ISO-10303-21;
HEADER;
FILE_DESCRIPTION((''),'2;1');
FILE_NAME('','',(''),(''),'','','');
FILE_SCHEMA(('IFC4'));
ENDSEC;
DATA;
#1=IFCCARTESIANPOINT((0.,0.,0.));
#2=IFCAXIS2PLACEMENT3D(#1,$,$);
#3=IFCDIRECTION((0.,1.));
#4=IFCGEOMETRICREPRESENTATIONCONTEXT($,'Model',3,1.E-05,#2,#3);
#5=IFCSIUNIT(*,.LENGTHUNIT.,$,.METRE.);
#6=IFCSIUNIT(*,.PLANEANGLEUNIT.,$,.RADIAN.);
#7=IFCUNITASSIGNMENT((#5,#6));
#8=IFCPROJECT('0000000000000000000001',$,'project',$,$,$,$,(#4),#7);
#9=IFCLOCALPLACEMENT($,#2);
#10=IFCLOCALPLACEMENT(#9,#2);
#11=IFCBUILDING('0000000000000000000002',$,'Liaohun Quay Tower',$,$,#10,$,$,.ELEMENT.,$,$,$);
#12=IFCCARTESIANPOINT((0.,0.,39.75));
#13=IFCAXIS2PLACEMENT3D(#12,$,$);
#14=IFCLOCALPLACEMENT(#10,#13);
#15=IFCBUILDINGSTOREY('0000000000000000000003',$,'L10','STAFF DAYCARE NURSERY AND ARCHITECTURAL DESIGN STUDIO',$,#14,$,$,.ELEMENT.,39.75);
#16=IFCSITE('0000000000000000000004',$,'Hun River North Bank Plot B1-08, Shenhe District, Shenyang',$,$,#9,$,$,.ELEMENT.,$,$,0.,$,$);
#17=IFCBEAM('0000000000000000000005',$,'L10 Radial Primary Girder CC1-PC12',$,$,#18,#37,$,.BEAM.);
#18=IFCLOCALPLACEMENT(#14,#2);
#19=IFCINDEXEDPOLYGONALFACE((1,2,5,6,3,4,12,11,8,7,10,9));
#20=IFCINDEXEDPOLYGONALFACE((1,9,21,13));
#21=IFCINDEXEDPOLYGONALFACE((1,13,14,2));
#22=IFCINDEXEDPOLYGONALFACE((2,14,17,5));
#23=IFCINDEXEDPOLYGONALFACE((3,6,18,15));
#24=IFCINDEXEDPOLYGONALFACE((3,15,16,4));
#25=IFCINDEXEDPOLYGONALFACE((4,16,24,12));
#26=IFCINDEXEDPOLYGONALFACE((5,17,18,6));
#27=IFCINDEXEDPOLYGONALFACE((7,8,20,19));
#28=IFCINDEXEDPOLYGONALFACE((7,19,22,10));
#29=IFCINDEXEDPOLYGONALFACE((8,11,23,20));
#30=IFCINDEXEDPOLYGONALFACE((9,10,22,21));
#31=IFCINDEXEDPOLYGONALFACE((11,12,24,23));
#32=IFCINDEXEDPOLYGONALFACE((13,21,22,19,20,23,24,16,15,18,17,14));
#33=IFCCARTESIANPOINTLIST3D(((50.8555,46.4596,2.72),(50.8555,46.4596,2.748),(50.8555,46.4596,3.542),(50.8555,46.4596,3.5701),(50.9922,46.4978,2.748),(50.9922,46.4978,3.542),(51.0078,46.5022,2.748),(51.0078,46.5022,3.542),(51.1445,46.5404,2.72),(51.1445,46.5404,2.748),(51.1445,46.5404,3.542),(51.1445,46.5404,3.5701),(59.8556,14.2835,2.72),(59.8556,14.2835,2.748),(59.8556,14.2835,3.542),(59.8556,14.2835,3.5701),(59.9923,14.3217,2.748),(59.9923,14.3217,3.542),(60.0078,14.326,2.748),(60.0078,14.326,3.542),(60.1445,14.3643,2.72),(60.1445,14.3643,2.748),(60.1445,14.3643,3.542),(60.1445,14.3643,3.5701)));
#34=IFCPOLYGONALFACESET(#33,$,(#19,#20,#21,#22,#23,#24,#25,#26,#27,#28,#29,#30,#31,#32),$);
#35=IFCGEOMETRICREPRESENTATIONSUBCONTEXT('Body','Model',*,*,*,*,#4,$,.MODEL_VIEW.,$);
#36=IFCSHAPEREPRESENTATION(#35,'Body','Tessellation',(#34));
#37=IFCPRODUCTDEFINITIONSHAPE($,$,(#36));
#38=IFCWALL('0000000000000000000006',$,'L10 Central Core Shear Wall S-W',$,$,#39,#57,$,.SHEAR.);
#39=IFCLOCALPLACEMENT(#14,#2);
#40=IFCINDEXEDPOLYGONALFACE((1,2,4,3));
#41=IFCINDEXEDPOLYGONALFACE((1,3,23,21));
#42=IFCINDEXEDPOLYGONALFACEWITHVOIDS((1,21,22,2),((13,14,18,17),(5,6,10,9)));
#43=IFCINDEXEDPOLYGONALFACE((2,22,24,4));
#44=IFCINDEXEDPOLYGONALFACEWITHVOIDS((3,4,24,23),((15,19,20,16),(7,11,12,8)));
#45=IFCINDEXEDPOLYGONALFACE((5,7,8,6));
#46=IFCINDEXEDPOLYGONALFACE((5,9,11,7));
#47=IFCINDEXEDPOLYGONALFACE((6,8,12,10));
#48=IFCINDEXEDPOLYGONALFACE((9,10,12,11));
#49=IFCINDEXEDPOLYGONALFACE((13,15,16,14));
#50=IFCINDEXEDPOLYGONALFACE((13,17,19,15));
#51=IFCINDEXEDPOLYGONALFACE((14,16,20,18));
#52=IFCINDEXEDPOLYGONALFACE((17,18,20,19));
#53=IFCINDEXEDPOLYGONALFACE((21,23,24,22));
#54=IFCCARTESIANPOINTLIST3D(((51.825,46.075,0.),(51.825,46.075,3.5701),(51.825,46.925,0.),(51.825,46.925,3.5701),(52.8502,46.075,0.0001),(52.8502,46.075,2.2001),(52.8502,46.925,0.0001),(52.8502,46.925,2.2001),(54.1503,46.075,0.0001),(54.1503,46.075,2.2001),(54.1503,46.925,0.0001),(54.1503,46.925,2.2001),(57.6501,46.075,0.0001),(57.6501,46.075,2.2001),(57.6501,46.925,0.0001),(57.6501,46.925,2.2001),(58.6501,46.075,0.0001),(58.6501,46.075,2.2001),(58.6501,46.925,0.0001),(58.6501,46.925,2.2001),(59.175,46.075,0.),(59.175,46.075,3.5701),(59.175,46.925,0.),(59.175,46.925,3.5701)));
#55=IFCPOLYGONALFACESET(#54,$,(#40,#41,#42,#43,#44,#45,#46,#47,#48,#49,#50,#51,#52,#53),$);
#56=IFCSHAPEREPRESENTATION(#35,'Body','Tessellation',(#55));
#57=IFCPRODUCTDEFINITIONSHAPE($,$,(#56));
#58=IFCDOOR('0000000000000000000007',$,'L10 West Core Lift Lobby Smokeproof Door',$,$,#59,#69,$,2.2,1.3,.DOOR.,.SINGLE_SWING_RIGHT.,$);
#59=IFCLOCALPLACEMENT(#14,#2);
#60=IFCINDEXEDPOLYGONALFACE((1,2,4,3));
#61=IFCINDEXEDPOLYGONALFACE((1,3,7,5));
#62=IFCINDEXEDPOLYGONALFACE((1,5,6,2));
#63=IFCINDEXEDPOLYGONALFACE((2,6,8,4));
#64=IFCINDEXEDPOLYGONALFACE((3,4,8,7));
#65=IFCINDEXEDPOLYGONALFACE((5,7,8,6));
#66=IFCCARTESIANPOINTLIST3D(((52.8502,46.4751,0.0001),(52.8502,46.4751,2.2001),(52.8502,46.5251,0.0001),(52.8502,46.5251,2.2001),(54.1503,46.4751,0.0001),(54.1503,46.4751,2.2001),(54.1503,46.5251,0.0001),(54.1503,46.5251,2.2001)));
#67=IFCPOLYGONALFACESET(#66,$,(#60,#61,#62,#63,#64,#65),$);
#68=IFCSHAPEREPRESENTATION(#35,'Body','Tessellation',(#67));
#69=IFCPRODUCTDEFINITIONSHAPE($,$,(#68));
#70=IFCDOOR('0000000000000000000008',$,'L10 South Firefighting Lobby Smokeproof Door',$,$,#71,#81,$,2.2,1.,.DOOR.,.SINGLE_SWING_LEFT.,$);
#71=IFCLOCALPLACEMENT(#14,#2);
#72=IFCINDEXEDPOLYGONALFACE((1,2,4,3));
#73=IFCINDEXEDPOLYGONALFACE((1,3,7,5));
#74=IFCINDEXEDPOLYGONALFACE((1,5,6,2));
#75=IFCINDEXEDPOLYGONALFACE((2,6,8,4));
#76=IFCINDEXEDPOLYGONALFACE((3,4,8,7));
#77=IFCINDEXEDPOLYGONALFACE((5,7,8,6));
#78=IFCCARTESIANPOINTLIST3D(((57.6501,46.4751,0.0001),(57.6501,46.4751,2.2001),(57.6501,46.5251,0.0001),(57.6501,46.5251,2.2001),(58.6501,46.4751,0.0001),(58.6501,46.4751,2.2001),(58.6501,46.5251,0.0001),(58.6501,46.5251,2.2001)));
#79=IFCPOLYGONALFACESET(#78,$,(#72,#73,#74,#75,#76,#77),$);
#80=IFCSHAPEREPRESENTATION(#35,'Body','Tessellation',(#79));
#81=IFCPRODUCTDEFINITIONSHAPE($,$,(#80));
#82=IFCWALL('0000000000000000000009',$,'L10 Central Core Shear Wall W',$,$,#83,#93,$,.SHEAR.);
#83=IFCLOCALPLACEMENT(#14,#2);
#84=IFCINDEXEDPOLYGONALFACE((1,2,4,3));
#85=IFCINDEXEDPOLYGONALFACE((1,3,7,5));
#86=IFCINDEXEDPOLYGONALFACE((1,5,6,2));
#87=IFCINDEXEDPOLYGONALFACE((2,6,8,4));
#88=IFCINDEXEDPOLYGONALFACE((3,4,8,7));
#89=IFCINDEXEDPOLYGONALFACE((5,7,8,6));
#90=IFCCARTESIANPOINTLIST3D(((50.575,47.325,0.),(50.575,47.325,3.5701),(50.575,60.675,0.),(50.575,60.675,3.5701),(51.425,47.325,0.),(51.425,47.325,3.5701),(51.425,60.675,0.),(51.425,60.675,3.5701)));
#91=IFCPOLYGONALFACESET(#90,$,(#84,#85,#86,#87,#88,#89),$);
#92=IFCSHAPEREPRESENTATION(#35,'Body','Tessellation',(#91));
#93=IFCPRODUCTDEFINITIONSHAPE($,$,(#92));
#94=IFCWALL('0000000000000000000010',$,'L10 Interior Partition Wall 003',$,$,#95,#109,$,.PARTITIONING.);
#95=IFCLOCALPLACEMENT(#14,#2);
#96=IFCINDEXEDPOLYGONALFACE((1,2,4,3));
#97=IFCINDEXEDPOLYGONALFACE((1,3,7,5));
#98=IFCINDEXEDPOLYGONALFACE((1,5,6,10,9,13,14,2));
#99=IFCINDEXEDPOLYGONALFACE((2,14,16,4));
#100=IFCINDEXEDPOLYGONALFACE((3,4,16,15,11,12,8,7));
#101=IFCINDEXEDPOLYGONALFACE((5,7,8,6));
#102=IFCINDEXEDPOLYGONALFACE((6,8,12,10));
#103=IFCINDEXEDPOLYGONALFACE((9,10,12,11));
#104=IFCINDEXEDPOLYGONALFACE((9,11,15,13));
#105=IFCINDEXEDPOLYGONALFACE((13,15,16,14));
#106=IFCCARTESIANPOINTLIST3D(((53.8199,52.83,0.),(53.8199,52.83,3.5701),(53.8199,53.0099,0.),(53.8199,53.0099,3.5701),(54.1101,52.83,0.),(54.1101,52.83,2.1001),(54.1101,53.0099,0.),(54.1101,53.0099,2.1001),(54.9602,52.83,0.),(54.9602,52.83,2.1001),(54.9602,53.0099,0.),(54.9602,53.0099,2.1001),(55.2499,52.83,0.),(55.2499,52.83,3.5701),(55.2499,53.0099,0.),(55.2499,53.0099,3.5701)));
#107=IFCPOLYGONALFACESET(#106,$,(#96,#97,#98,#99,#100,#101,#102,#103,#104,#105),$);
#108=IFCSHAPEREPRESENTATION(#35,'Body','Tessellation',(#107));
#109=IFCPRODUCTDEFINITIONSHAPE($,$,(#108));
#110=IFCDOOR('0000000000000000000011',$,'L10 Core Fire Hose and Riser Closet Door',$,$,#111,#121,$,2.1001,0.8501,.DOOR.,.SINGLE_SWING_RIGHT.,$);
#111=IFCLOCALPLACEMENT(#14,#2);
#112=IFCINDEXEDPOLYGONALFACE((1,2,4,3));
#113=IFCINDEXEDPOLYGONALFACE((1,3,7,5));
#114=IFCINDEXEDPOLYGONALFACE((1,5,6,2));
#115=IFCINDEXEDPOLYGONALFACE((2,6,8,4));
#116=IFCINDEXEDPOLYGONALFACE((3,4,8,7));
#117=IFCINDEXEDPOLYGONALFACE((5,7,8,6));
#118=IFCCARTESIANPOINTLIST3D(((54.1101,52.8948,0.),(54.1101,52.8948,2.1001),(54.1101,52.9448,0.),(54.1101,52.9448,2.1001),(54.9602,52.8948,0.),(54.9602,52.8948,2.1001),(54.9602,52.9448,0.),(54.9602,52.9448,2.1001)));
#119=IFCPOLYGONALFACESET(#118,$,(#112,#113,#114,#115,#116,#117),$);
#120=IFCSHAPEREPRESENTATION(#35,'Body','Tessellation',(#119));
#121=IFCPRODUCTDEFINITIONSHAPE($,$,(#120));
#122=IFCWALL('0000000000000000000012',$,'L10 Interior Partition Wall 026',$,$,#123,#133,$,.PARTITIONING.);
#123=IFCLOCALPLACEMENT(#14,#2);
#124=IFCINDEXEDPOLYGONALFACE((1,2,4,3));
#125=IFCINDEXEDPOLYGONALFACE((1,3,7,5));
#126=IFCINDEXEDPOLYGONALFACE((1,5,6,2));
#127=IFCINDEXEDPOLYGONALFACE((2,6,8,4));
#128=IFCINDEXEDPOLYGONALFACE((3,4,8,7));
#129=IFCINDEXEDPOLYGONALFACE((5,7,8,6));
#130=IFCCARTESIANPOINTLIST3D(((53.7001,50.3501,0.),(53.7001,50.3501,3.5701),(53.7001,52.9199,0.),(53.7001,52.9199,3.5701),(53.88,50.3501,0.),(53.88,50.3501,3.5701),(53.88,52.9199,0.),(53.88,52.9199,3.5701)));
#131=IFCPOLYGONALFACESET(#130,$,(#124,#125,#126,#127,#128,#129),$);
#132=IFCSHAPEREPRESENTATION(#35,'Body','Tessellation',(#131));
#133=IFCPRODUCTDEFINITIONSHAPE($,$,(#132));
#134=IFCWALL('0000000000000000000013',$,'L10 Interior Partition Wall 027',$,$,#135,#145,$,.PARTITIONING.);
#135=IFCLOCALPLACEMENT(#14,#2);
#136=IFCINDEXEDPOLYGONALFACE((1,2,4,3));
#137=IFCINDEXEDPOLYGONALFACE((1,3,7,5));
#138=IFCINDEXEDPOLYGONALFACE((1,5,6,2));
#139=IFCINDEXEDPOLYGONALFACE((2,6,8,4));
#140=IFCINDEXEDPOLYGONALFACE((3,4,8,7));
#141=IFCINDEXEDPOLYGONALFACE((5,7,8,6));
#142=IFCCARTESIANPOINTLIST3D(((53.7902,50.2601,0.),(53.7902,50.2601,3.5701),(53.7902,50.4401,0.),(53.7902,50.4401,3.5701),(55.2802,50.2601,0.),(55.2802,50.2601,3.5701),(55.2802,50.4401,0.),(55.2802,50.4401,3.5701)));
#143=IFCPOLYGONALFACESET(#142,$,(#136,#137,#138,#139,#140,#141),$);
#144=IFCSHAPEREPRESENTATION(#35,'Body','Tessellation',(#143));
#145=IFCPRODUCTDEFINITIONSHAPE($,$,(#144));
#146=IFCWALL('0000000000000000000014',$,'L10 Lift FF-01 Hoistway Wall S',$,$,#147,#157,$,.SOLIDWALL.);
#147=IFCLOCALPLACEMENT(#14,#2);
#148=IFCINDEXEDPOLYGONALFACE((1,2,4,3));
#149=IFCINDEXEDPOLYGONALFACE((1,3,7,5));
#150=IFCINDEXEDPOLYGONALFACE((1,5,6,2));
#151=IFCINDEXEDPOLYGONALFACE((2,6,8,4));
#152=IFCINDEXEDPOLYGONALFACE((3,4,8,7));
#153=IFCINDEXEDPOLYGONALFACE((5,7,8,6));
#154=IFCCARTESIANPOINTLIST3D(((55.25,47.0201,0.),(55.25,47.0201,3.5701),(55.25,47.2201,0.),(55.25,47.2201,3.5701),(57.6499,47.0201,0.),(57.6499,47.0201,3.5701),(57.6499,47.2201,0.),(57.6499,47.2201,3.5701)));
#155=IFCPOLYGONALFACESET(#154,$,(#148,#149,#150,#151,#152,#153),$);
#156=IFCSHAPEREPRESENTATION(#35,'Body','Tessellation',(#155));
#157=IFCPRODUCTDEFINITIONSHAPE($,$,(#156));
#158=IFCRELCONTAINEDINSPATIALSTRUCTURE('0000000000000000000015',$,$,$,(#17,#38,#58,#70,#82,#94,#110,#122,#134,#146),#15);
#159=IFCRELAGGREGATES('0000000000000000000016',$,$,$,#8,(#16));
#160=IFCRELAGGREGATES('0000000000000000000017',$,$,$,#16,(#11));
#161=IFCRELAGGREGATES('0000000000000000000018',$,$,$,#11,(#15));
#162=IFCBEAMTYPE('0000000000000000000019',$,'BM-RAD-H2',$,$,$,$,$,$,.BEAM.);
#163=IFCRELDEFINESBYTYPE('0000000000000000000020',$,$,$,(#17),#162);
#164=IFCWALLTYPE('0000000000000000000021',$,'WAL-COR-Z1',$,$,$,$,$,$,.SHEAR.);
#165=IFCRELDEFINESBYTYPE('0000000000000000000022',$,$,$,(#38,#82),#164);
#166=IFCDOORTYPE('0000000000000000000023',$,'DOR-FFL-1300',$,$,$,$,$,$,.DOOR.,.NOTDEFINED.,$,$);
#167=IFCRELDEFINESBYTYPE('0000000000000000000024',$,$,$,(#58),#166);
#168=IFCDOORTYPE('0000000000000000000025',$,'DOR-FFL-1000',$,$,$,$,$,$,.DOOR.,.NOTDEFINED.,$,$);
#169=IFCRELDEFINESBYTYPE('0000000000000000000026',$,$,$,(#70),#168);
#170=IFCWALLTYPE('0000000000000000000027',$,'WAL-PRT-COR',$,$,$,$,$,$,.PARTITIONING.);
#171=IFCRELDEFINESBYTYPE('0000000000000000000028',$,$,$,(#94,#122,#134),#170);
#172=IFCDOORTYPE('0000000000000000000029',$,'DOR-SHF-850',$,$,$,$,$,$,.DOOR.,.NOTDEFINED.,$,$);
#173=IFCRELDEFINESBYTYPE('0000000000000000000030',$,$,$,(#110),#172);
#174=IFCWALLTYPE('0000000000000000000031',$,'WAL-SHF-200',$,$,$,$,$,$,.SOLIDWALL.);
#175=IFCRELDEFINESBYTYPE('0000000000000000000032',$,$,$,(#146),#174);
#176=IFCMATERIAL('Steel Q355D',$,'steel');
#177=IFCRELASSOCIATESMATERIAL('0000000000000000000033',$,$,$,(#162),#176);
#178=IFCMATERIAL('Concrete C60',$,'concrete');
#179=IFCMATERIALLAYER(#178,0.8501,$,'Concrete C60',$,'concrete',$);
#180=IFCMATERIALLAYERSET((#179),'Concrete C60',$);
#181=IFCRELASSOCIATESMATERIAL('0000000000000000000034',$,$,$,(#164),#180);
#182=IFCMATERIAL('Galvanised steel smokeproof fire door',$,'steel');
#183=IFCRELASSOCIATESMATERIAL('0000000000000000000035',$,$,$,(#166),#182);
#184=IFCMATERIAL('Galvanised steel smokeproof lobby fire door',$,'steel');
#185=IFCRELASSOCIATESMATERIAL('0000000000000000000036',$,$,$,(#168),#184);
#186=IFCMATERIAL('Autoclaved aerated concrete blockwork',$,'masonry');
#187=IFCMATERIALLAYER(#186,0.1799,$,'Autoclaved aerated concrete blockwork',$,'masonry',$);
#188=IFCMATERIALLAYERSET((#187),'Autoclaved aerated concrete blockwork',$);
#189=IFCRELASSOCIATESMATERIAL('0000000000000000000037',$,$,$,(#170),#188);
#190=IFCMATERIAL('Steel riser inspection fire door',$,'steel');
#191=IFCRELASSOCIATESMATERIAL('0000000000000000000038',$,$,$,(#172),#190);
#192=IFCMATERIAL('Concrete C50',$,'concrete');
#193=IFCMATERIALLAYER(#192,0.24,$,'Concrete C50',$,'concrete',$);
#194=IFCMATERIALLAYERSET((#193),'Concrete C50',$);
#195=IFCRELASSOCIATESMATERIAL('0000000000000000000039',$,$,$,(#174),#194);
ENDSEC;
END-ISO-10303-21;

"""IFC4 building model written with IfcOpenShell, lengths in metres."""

from ifc_helpers import new_model, si_unit, direction, frame, frame_2d, origin, origin_2d, place, context, subcontext, project, spatial, rectangle, i_section, extrude, source, transform, mapped, material, layer, layer_set, material_profile, profile_set, type_object, element, fill, save


model = new_model("IFC4")

# Units and contexts
model_context = context("Model", 3, precision=1e-05, world=origin(), true_north=direction((0.0, 1.0)))
body_context = subcontext(model_context, "Body", "Model", "MODEL_VIEW")
ifc_project = project(units=[si_unit("LENGTHUNIT", "METRE"), si_unit("PLANEANGLEUNIT", "RADIAN")], contexts=[model_context])

# Site, building, storey
site_placement = place(None, origin())
site = spatial("IfcSite", under=ifc_project, at=site_placement, Name="Hun River North Bank Plot B1-08, Shenhe District, Shenyang", CompositionType="ELEMENT", RefElevation=0.0)
building_placement = place(site_placement, origin())
building = spatial("IfcBuilding", under=site, at=building_placement, Name="Liaohun Quay Tower", CompositionType="ELEMENT")
storey_placement = place(building_placement, frame((0.0, 0.0, 39.75)))
storey = spatial("IfcBuildingStorey", under=building, at=storey_placement, Name="L10", Description="STAFF DAYCARE NURSERY AND ARCHITECTURAL DESIGN STUDIO", CompositionType="ELEMENT", Elevation=39.75)

# Beam
ifc_material_1 = material(Name="Steel Q355D", Category="steel")
ifc_material_profile = material_profile(ifc_material_1, i_section(OverallWidth=0.3, OverallDepth=0.8501, WebThickness=0.0161, FlangeThickness=0.0281, at=origin_2d()), Name="HN850x300x16x28")
ifc_profile_set = profile_set([ifc_material_profile], Name="Steel Q355D")
beam_type = type_object("IfcBeamType", Name="BM-RAD-H2", PredefinedType="BEAM", material=ifc_profile_set)
shared_shape_1 = source(origin(), body_context, "Body", "SweptSolid", [
    extrude(i_section(OverallWidth=0.3, OverallDepth=0.8501, WebThickness=0.0161, FlangeThickness=0.0281, at=origin_2d()), origin(), (0.0, 0.0, 1.0), 33.4111),
])
beam_placement = place(storey_placement, frame((51.0, 46.5, 3.145), z_axis=(0.269372, -0.963036, 0.0), x_axis=(0.963036, 0.269372, 0.0)))
element("IfcBeam", 1, at=beam_placement, inside=storey, type_object=beam_type, Name="L10 Radial Primary Girder CC1-PC12", PredefinedType="BEAM", context=body_context, shape_type="MappedRepresentation", body=[
    mapped(shared_shape_1, transform((0.0, 0.0, 0.0), x_axis=(1.0, 0.0, 0.0), y_axis=(0.0, 1.0, 0.0), z_axis=(0.0, 0.0, 1.0), scale=1.0)),
])

# Wall, openings, doors
ifc_material_2 = material(Name="Concrete C60", Category="concrete")
ifc_layer_1 = layer(ifc_material_2, 0.8501, Name="Concrete C60", Category="concrete")
ifc_layer_set_1 = layer_set([ifc_layer_1], Name="Concrete C60")
wall_type_1 = type_object("IfcWallType", Name="WAL-COR-Z1", PredefinedType="SHEAR", material=ifc_layer_set_1)
wall_1_placement = place(storey_placement, frame((59.175, 46.5, 0.0), z_axis=(0.0, 0.0, 1.0), x_axis=(-1.0, 0.0, 0.0)))
wall_1 = element("IfcWall", 2, at=wall_1_placement, inside=storey, type_object=wall_type_1, Name="L10 Central Core Shear Wall S-W", PredefinedType="SHEAR", context=body_context, shape_type="SweptSolid", body=[
    extrude(rectangle(XDim=7.3501, YDim=0.8501, at=frame_2d((3.675, 0.0))), origin(), (0.0, 0.0, 1.0), 3.5701),
])
shared_shape_2 = source(origin(), body_context, "Body", "SweptSolid", [
    extrude(rectangle(XDim=1.3, YDim=2.2, at=frame_2d((0.6499, 1.1001))), frame((0.0, 0.4351, 0.0), z_axis=(0.0, -1.0, 0.0), x_axis=(1.0, 0.0, 0.0)), (0.0, 0.0, 1.0), 0.8701),
])
opening_1_placement = place(wall_1_placement, frame((5.0249, 0.0, 0.0)))
opening_1 = element("IfcOpeningElement", 3, at=opening_1_placement, cuts=wall_1, PredefinedType="OPENING", context=body_context, shape_type="MappedRepresentation", body=[
    mapped(shared_shape_2, transform((0.0, 0.0, 0.0), x_axis=(1.0, 0.0, 0.0), y_axis=(0.0, 1.0, 0.0), z_axis=(0.0, 0.0, 1.0), scale=1.0)),
])
shared_shape_3 = source(origin(), body_context, "Body", "SweptSolid", [
    extrude(rectangle(XDim=1.0, YDim=2.2, at=frame_2d((0.5, 1.1001))), frame((0.0, 0.4351, 0.0), z_axis=(0.0, -1.0, 0.0), x_axis=(1.0, 0.0, 0.0)), (0.0, 0.0, 1.0), 0.8701),
])
opening_2_placement = place(wall_1_placement, frame((0.5249, 0.0, 0.0)))
opening_2 = element("IfcOpeningElement", 4, at=opening_2_placement, cuts=wall_1, PredefinedType="OPENING", context=body_context, shape_type="MappedRepresentation", body=[
    mapped(shared_shape_3, transform((0.0, 0.0, 0.0), x_axis=(1.0, 0.0, 0.0), y_axis=(0.0, 1.0, 0.0), z_axis=(0.0, 0.0, 1.0), scale=1.0)),
])
ifc_material_3 = material(Name="Galvanised steel smokeproof fire door", Category="steel")
door_type_1 = type_object("IfcDoorType", Name="DOR-FFL-1300", OperationType="NOTDEFINED", PredefinedType="DOOR", material=ifc_material_3)
shared_shape_4 = source(origin(), body_context, "Body", "SweptSolid", [
    extrude(rectangle(XDim=1.3, YDim=2.2, at=frame_2d((0.6499, 1.1001))), frame((0.0, 0.0249, 0.0), z_axis=(0.0, -1.0, 0.0), x_axis=(1.0, 0.0, 0.0)), (0.0, 0.0, 1.0), 0.05),
])
door_1_placement = place(opening_1_placement, origin())
door_1 = element("IfcDoor", 5, at=door_1_placement, inside=storey, type_object=door_type_1, Name="L10 West Core Lift Lobby Smokeproof Door", OperationType="SINGLE_SWING_RIGHT", OverallHeight=2.2, OverallWidth=1.3, PredefinedType="DOOR", context=body_context, shape_type="MappedRepresentation", body=[
    mapped(shared_shape_4, transform((0.0, 0.0, 0.0), x_axis=(1.0, 0.0, 0.0), y_axis=(0.0, 1.0, 0.0), z_axis=(0.0, 0.0, 1.0), scale=1.0)),
])
fill(opening_1, door_1)
ifc_material_4 = material(Name="Galvanised steel smokeproof lobby fire door", Category="steel")
door_type_2 = type_object("IfcDoorType", Name="DOR-FFL-1000", OperationType="NOTDEFINED", PredefinedType="DOOR", material=ifc_material_4)
shared_shape_5 = source(origin(), body_context, "Body", "SweptSolid", [
    extrude(rectangle(XDim=1.0, YDim=2.2, at=frame_2d((0.5, 1.1001))), frame((0.0, 0.0249, 0.0), z_axis=(0.0, -1.0, 0.0), x_axis=(1.0, 0.0, 0.0)), (0.0, 0.0, 1.0), 0.05),
])
door_2_placement = place(opening_2_placement, origin())
door_2 = element("IfcDoor", 6, at=door_2_placement, inside=storey, type_object=door_type_2, Name="L10 South Firefighting Lobby Smokeproof Door", OperationType="SINGLE_SWING_LEFT", OverallHeight=2.2, OverallWidth=1.0, PredefinedType="DOOR", context=body_context, shape_type="MappedRepresentation", body=[
    mapped(shared_shape_5, transform((0.0, 0.0, 0.0), x_axis=(1.0, 0.0, 0.0), y_axis=(0.0, 1.0, 0.0), z_axis=(0.0, 0.0, 1.0), scale=1.0)),
])
fill(opening_2, door_2)

# Wall
wall_2_placement = place(storey_placement, frame((51.0, 47.325, 0.0), z_axis=(0.0, 0.0, 1.0), x_axis=(0.0, 1.0, 0.0)))
element("IfcWall", 7, at=wall_2_placement, inside=storey, type_object=wall_type_1, Name="L10 Central Core Shear Wall W", PredefinedType="SHEAR", context=body_context, shape_type="SweptSolid", body=[
    extrude(rectangle(XDim=13.3501, YDim=0.8501, at=frame_2d((6.675, 0.0))), origin(), (0.0, 0.0, 1.0), 3.5701),
])

# Wall, opening, door
ifc_material_5 = material(Name="Autoclaved aerated concrete blockwork", Category="masonry")
ifc_layer_2 = layer(ifc_material_5, 0.1799, Name="Autoclaved aerated concrete blockwork", Category="masonry")
ifc_layer_set_2 = layer_set([ifc_layer_2], Name="Autoclaved aerated concrete blockwork")
wall_type_2 = type_object("IfcWallType", Name="WAL-PRT-COR", PredefinedType="PARTITIONING", material=ifc_layer_set_2)
wall_3_placement = place(storey_placement, frame((53.8201, 52.9199, 0.0), z_axis=(0.0, 0.0, 1.0), x_axis=(1.0, 0.0, 0.0)))
wall_3 = element("IfcWall", 8, at=wall_3_placement, inside=storey, type_object=wall_type_2, Name="L10 Interior Partition Wall 003", PredefinedType="PARTITIONING", context=body_context, shape_type="SweptSolid", body=[
    extrude(rectangle(XDim=1.4299, YDim=0.1799, at=frame_2d((0.7148, 0.0))), origin(), (0.0, 0.0, 1.0), 3.5701),
])
shared_shape_6 = source(origin(), body_context, "Body", "SweptSolid", [
    extrude(rectangle(XDim=0.8501, YDim=2.1001, at=frame_2d((0.425, 1.05))), frame((0.0, 0.0999, 0.0), z_axis=(0.0, -1.0, 0.0), x_axis=(1.0, 0.0, 0.0)), (0.0, 0.0, 1.0), 0.2),
])
opening_3_placement = place(wall_3_placement, frame((0.29, 0.0, 0.0)))
opening_3 = element("IfcOpeningElement", 9, at=opening_3_placement, cuts=wall_3, PredefinedType="OPENING", context=body_context, shape_type="MappedRepresentation", body=[
    mapped(shared_shape_6, transform((0.0, 0.0, 0.0), x_axis=(1.0, 0.0, 0.0), y_axis=(0.0, 1.0, 0.0), z_axis=(0.0, 0.0, 1.0), scale=1.0)),
])
ifc_material_6 = material(Name="Steel riser inspection fire door", Category="steel")
door_type_3 = type_object("IfcDoorType", Name="DOR-SHF-850", OperationType="NOTDEFINED", PredefinedType="DOOR", material=ifc_material_6)
shared_shape_7 = source(origin(), body_context, "Body", "SweptSolid", [
    extrude(rectangle(XDim=0.8501, YDim=2.1001, at=frame_2d((0.425, 1.05))), frame((0.0, 0.0249, 0.0), z_axis=(0.0, -1.0, 0.0), x_axis=(1.0, 0.0, 0.0)), (0.0, 0.0, 1.0), 0.05),
])
door_3_placement = place(opening_3_placement, origin())
door_3 = element("IfcDoor", 10, at=door_3_placement, inside=storey, type_object=door_type_3, Name="L10 Core Fire Hose and Riser Closet Door", OperationType="SINGLE_SWING_RIGHT", OverallHeight=2.1001, OverallWidth=0.8501, PredefinedType="DOOR", context=body_context, shape_type="MappedRepresentation", body=[
    mapped(shared_shape_7, transform((0.0, 0.0, 0.0), x_axis=(1.0, 0.0, 0.0), y_axis=(0.0, 1.0, 0.0), z_axis=(0.0, 0.0, 1.0), scale=1.0)),
])
fill(opening_3, door_3)

# Walls
wall_4_placement = place(storey_placement, frame((53.79, 50.3501, 0.0), z_axis=(0.0, 0.0, 1.0), x_axis=(0.0, 1.0, 0.0)))
element("IfcWall", 11, at=wall_4_placement, inside=storey, type_object=wall_type_2, Name="L10 Interior Partition Wall 026", PredefinedType="PARTITIONING", context=body_context, shape_type="SweptSolid", body=[
    extrude(rectangle(XDim=2.5698, YDim=0.1799, at=frame_2d((1.2849, 0.0))), origin(), (0.0, 0.0, 1.0), 3.5701),
])
wall_5_placement = place(storey_placement, frame((53.79, 50.3501, 0.0), z_axis=(0.0, 0.0, 1.0), x_axis=(1.0, 0.0, 0.0)))
element("IfcWall", 12, at=wall_5_placement, inside=storey, type_object=wall_type_2, Name="L10 Interior Partition Wall 027", PredefinedType="PARTITIONING", context=body_context, shape_type="SweptSolid", body=[
    extrude(rectangle(XDim=1.49, YDim=0.1799, at=frame_2d((0.7451, 0.0))), origin(), (0.0, 0.0, 1.0), 3.5701),
])
ifc_material_7 = material(Name="Concrete C50", Category="concrete")
ifc_layer_3 = layer(ifc_material_7, 0.24, Name="Concrete C50", Category="concrete")
ifc_layer_set_3 = layer_set([ifc_layer_3], Name="Concrete C50")
wall_type_3 = type_object("IfcWallType", Name="WAL-SHF-200", PredefinedType="SOLIDWALL", material=ifc_layer_set_3)
wall_6_placement = place(storey_placement, frame((55.25, 47.1201, 0.0), z_axis=(0.0, 0.0, 1.0), x_axis=(1.0, 0.0, 0.0)))
element("IfcWall", 13, at=wall_6_placement, inside=storey, type_object=wall_type_3, Name="L10 Lift FF-01 Hoistway Wall S", PredefinedType="SOLIDWALL", context=body_context, shape_type="SweptSolid", body=[
    extrude(rectangle(XDim=2.3999, YDim=0.2, at=frame_2d((1.2, 0.0))), origin(), (0.0, 0.0, 1.0), 3.5701),
])

save(model, "model.ifc")
